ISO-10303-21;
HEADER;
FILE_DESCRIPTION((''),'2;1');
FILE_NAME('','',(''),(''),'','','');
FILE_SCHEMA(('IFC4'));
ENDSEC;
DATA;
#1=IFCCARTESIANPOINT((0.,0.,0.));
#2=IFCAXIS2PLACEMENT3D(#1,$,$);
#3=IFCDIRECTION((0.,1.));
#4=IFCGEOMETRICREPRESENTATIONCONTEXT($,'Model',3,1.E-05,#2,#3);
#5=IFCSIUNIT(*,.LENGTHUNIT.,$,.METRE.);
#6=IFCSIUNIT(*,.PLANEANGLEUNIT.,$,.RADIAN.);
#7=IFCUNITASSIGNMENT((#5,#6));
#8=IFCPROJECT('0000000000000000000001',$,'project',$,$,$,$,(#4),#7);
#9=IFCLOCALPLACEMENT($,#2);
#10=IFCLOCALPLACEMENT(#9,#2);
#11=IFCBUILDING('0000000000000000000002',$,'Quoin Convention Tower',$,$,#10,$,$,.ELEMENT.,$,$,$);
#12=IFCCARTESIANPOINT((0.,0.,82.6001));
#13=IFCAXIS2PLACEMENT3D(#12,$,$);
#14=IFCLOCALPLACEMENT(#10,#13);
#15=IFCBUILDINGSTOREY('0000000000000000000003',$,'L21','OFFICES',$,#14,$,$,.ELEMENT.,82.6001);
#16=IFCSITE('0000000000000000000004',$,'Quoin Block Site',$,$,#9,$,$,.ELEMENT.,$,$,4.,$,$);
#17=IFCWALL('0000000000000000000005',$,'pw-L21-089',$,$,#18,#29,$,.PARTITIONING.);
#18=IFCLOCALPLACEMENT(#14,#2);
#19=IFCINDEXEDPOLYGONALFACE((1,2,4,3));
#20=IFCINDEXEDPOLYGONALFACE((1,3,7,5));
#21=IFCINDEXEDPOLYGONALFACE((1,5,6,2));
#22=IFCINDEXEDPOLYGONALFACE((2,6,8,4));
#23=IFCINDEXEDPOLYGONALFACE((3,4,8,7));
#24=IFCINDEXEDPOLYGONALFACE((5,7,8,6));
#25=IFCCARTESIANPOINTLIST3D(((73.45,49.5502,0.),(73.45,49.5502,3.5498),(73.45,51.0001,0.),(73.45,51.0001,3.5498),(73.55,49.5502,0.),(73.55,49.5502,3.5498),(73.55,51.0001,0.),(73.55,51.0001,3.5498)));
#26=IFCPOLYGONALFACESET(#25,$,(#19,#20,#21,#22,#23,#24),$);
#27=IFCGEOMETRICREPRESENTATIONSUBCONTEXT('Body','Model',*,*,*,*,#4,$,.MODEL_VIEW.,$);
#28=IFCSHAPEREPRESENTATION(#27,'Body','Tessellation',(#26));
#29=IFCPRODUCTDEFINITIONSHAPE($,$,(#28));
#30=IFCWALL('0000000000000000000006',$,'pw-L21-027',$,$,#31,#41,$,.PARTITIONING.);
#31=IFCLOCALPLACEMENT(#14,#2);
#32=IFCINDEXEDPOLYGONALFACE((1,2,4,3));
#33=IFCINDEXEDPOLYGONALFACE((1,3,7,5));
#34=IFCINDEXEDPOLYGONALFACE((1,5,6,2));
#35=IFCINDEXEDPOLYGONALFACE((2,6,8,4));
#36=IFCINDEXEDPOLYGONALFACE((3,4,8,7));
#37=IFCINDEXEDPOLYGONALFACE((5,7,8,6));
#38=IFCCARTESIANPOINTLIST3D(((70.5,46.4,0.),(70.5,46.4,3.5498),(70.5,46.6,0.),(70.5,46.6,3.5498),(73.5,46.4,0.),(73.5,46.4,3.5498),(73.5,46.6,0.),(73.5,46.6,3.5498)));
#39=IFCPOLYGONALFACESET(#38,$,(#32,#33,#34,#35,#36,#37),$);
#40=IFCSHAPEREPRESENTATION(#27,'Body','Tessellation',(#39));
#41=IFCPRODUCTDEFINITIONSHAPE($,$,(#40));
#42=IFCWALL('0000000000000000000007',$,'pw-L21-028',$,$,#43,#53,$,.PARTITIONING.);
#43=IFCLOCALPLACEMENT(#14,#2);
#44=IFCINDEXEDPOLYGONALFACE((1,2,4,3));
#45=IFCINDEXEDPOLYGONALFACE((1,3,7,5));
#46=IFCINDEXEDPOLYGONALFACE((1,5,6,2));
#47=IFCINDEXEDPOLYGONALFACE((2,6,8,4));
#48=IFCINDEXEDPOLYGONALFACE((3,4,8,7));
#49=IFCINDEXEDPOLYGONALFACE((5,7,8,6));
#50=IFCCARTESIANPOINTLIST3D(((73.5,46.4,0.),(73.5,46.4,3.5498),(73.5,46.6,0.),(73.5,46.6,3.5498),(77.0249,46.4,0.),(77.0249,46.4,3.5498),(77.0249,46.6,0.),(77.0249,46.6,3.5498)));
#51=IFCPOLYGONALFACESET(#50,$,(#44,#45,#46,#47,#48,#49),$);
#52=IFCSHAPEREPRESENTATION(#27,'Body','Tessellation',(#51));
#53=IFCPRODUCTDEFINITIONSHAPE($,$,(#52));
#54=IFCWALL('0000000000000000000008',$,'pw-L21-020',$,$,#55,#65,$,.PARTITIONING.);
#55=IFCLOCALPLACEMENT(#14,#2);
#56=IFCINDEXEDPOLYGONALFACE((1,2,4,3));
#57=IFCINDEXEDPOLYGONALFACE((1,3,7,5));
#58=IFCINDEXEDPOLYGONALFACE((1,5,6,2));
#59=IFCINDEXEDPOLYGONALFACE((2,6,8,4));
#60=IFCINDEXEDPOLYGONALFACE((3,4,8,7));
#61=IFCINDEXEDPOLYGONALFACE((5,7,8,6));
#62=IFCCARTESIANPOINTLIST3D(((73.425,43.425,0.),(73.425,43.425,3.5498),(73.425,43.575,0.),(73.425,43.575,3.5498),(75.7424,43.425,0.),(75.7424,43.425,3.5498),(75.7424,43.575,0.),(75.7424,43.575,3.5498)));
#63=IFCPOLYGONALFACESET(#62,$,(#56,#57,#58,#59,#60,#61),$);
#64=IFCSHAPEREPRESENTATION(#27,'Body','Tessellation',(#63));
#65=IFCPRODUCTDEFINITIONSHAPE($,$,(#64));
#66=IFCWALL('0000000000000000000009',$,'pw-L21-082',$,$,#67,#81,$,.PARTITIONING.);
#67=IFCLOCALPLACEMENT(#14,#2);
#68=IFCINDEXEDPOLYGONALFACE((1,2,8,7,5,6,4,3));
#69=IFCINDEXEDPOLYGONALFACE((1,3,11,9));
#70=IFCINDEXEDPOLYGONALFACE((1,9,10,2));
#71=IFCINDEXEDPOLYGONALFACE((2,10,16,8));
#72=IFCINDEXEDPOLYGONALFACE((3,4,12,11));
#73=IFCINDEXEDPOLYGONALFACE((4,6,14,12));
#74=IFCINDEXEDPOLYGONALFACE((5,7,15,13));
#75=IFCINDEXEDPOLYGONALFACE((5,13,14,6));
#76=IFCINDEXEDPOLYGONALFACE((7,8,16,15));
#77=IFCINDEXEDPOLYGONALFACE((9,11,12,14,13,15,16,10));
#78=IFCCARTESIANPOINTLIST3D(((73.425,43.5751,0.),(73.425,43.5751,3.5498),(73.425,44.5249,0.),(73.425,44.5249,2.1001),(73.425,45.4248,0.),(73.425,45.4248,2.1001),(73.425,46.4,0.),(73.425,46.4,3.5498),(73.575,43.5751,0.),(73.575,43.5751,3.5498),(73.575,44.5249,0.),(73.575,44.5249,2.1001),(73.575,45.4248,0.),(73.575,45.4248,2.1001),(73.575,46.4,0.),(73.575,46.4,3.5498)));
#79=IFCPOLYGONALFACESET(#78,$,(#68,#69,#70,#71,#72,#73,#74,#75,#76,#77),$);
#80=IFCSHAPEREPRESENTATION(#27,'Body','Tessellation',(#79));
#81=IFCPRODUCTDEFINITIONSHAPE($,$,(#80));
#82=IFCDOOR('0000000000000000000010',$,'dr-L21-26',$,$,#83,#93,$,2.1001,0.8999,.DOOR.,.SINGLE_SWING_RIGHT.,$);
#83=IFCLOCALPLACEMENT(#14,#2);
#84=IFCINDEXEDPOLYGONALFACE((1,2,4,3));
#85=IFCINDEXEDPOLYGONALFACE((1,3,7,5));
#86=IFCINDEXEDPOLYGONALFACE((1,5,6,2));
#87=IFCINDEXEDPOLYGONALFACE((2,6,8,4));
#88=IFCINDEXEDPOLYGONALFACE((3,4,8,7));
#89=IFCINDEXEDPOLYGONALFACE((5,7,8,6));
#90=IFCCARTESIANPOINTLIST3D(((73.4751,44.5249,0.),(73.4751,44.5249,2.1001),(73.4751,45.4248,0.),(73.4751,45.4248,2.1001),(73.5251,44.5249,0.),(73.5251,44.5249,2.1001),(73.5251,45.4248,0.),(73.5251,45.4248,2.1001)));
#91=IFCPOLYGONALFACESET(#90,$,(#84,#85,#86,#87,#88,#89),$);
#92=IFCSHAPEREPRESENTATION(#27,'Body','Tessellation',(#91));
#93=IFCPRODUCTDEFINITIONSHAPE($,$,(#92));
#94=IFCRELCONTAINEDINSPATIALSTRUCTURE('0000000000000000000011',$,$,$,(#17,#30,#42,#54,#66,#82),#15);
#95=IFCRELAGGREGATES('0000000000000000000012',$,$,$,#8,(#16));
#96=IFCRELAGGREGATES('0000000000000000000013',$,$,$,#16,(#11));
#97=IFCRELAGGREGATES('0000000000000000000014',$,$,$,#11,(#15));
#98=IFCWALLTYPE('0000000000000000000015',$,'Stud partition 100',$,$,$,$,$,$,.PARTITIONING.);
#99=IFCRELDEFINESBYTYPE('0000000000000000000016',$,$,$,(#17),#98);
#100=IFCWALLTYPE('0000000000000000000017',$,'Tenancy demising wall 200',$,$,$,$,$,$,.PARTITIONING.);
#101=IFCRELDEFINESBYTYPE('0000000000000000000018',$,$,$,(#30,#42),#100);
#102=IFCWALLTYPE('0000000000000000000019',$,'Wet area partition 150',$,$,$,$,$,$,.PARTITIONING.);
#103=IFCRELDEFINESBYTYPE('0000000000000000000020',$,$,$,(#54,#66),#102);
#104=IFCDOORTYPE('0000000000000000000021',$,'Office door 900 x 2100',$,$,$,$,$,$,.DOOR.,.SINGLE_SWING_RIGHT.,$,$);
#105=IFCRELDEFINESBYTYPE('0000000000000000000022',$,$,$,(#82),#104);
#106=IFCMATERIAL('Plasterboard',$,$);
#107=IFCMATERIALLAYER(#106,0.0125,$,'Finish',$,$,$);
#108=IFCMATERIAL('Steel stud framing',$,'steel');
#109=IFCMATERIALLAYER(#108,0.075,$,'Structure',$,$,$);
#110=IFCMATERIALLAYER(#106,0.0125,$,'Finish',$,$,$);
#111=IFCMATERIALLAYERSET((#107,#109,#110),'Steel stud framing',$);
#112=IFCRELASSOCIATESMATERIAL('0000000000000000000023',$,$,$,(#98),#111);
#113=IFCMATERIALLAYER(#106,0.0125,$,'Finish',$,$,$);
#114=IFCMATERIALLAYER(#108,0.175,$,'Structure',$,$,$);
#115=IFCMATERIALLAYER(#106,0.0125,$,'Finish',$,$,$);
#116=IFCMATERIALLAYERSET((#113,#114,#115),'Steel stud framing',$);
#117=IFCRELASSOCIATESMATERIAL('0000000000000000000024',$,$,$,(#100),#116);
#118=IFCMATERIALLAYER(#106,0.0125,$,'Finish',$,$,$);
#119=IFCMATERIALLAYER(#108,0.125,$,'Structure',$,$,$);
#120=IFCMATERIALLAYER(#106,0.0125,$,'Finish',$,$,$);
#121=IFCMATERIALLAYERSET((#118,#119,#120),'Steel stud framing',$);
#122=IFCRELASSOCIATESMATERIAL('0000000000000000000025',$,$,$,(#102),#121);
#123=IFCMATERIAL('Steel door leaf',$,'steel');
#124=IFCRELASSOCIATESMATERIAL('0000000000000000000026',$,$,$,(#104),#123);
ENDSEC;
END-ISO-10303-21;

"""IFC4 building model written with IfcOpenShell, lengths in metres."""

from ifc_helpers import new_model, si_unit, direction, frame, frame_2d, origin, place, context, subcontext, project, spatial, rectangle, extrude, material, layer, layer_set, type_object, element, fill, save


model = new_model("IFC4")

# Units and contexts
model_context = context("Model", 3, precision=1e-05, world=origin(), true_north=direction((0.0, 1.0)))
body_context = subcontext(model_context, "Body", "Model", "MODEL_VIEW")
ifc_project = project(units=[si_unit("LENGTHUNIT", "METRE"), si_unit("PLANEANGLEUNIT", "RADIAN")], contexts=[model_context])

# Site, building, storey
site_placement = place(None, origin())
site = spatial("IfcSite", under=ifc_project, at=site_placement, Name="Quoin Block Site", CompositionType="ELEMENT", RefElevation=4.0)
building_placement = place(site_placement, origin())
building = spatial("IfcBuilding", under=site, at=building_placement, Name="Quoin Convention Tower", CompositionType="ELEMENT")
storey_placement = place(building_placement, frame((0.0, 0.0, 82.6001)))
storey = spatial("IfcBuildingStorey", under=building, at=storey_placement, Name="L21", Description="OFFICES", CompositionType="ELEMENT", Elevation=82.6001)

# Shared definitions
ifc_material_1 = material(Name="Plasterboard")
ifc_material_2 = material(Name="Steel stud framing", Category="steel")
ifc_material_3 = material(Name="Steel door leaf", Category="steel")

# Walls
ifc_layer_1 = layer(ifc_material_1, 0.0125, Name="Finish")
ifc_layer_2 = layer(ifc_material_2, 0.075, Name="Structure")
ifc_layer_3 = layer(ifc_material_1, 0.0125, Name="Finish")
ifc_layer_set_1 = layer_set([ifc_layer_1, ifc_layer_2, ifc_layer_3], Name="Steel stud framing")
wall_type_1 = type_object("IfcWallType", Name="Stud partition 100", PredefinedType="PARTITIONING", material=ifc_layer_set_1)
wall_1_placement = place(storey_placement, frame((73.5, 49.55, 0.0), z_axis=(0.0, 0.0, 1.0), x_axis=(0.0, 1.0, 0.0)))
element("IfcWall", 1, at=wall_1_placement, inside=storey, type_object=wall_type_1, Name="pw-L21-089", PredefinedType="PARTITIONING", context=body_context, shape_type="SweptSolid", body=[
    extrude(rectangle(XDim=1.45, YDim=0.1001, at=frame_2d((0.7251, 0.0))), origin(), (0.0, 0.0, 1.0), 3.5498),
])
ifc_layer_4 = layer(ifc_material_1, 0.0125, Name="Finish")
ifc_layer_5 = layer(ifc_material_2, 0.175, Name="Structure")
ifc_layer_6 = layer(ifc_material_1, 0.0125, Name="Finish")
ifc_layer_set_2 = layer_set([ifc_layer_4, ifc_layer_5, ifc_layer_6], Name="Steel stud framing")
wall_type_2 = type_object("IfcWallType", Name="Tenancy demising wall 200", PredefinedType="PARTITIONING", material=ifc_layer_set_2)
wall_2_placement = place(storey_placement, frame((70.5, 46.5, 0.0), z_axis=(0.0, 0.0, 1.0), x_axis=(1.0, 0.0, 0.0)))
element("IfcWall", 2, at=wall_2_placement, inside=storey, type_object=wall_type_2, Name="pw-L21-027", PredefinedType="PARTITIONING", context=body_context, shape_type="SweptSolid", body=[
    extrude(rectangle(XDim=3.0, YDim=0.2, at=frame_2d((1.5, 0.0))), origin(), (0.0, 0.0, 1.0), 3.5498),
])
wall_3_placement = place(storey_placement, frame((73.5, 46.5, 0.0), z_axis=(0.0, 0.0, 1.0), x_axis=(1.0, 0.0, 0.0)))
element("IfcWall", 3, at=wall_3_placement, inside=storey, type_object=wall_type_2, Name="pw-L21-028", PredefinedType="PARTITIONING", context=body_context, shape_type="SweptSolid", body=[
    extrude(rectangle(XDim=3.5249, YDim=0.2, at=frame_2d((1.7625, 0.0))), origin(), (0.0, 0.0, 1.0), 3.5498),
])
ifc_layer_7 = layer(ifc_material_1, 0.0125, Name="Finish")
ifc_layer_8 = layer(ifc_material_2, 0.125, Name="Structure")
ifc_layer_9 = layer(ifc_material_1, 0.0125, Name="Finish")
ifc_layer_set_3 = layer_set([ifc_layer_7, ifc_layer_8, ifc_layer_9], Name="Steel stud framing")
wall_type_3 = type_object("IfcWallType", Name="Wet area partition 150", PredefinedType="PARTITIONING", material=ifc_layer_set_3)
wall_4_placement = place(storey_placement, frame((73.425, 43.5, 0.0), z_axis=(0.0, 0.0, 1.0), x_axis=(1.0, 0.0, 0.0)))
element("IfcWall", 4, at=wall_4_placement, inside=storey, type_object=wall_type_3, Name="pw-L21-020", PredefinedType="PARTITIONING", context=body_context, shape_type="SweptSolid", body=[
    extrude(rectangle(XDim=2.3174, YDim=0.1499, at=frame_2d((1.1587, 0.0))), origin(), (0.0, 0.0, 1.0), 3.5498),
])

# Wall, opening, door
wall_5_placement = place(storey_placement, frame((73.5, 43.575, 0.0), z_axis=(0.0, 0.0, 1.0), x_axis=(0.0, 1.0, 0.0)))
wall_5 = element("IfcWall", 5, at=wall_5_placement, inside=storey, type_object=wall_type_3, Name="pw-L21-082", PredefinedType="PARTITIONING", context=body_context, shape_type="SweptSolid", body=[
    extrude(rectangle(XDim=2.825, YDim=0.1499, at=frame_2d((1.4126, 0.0))), origin(), (0.0, 0.0, 1.0), 3.5498),
])
opening_1_placement = place(wall_5_placement, frame((0.95, 0.0, 0.0)))
opening_1 = element("IfcOpeningElement", 6, at=opening_1_placement, cuts=wall_5, PredefinedType="OPENING", context=body_context, shape_type="SweptSolid", body=[
    extrude(rectangle(XDim=0.8999, YDim=2.1001, at=frame_2d((0.45, 1.05))), frame((0.0, 0.085, 0.0), z_axis=(0.0, -1.0, 0.0), x_axis=(1.0, 0.0, 0.0)), (0.0, 0.0, 1.0), 0.1699),
])
door_type_1 = type_object("IfcDoorType", Name="Office door 900 x 2100", OperationType="SINGLE_SWING_RIGHT", PredefinedType="DOOR", material=ifc_material_3)
door_1_placement = place(opening_1_placement, origin())
door_1 = element("IfcDoor", 7, at=door_1_placement, inside=storey, type_object=door_type_1, Name="dr-L21-26", OperationType="SINGLE_SWING_RIGHT", OverallHeight=2.1001, OverallWidth=0.8999, PredefinedType="DOOR", context=body_context, shape_type="SweptSolid", body=[
    extrude(rectangle(XDim=0.8999, YDim=2.1001, at=frame_2d((0.45, 1.05))), frame((0.0, 0.0249, 0.0), z_axis=(0.0, -1.0, 0.0), x_axis=(1.0, 0.0, 0.0)), (0.0, 0.0, 1.0), 0.05),
])
fill(opening_1, door_1)

save(model, "model.ifc")
